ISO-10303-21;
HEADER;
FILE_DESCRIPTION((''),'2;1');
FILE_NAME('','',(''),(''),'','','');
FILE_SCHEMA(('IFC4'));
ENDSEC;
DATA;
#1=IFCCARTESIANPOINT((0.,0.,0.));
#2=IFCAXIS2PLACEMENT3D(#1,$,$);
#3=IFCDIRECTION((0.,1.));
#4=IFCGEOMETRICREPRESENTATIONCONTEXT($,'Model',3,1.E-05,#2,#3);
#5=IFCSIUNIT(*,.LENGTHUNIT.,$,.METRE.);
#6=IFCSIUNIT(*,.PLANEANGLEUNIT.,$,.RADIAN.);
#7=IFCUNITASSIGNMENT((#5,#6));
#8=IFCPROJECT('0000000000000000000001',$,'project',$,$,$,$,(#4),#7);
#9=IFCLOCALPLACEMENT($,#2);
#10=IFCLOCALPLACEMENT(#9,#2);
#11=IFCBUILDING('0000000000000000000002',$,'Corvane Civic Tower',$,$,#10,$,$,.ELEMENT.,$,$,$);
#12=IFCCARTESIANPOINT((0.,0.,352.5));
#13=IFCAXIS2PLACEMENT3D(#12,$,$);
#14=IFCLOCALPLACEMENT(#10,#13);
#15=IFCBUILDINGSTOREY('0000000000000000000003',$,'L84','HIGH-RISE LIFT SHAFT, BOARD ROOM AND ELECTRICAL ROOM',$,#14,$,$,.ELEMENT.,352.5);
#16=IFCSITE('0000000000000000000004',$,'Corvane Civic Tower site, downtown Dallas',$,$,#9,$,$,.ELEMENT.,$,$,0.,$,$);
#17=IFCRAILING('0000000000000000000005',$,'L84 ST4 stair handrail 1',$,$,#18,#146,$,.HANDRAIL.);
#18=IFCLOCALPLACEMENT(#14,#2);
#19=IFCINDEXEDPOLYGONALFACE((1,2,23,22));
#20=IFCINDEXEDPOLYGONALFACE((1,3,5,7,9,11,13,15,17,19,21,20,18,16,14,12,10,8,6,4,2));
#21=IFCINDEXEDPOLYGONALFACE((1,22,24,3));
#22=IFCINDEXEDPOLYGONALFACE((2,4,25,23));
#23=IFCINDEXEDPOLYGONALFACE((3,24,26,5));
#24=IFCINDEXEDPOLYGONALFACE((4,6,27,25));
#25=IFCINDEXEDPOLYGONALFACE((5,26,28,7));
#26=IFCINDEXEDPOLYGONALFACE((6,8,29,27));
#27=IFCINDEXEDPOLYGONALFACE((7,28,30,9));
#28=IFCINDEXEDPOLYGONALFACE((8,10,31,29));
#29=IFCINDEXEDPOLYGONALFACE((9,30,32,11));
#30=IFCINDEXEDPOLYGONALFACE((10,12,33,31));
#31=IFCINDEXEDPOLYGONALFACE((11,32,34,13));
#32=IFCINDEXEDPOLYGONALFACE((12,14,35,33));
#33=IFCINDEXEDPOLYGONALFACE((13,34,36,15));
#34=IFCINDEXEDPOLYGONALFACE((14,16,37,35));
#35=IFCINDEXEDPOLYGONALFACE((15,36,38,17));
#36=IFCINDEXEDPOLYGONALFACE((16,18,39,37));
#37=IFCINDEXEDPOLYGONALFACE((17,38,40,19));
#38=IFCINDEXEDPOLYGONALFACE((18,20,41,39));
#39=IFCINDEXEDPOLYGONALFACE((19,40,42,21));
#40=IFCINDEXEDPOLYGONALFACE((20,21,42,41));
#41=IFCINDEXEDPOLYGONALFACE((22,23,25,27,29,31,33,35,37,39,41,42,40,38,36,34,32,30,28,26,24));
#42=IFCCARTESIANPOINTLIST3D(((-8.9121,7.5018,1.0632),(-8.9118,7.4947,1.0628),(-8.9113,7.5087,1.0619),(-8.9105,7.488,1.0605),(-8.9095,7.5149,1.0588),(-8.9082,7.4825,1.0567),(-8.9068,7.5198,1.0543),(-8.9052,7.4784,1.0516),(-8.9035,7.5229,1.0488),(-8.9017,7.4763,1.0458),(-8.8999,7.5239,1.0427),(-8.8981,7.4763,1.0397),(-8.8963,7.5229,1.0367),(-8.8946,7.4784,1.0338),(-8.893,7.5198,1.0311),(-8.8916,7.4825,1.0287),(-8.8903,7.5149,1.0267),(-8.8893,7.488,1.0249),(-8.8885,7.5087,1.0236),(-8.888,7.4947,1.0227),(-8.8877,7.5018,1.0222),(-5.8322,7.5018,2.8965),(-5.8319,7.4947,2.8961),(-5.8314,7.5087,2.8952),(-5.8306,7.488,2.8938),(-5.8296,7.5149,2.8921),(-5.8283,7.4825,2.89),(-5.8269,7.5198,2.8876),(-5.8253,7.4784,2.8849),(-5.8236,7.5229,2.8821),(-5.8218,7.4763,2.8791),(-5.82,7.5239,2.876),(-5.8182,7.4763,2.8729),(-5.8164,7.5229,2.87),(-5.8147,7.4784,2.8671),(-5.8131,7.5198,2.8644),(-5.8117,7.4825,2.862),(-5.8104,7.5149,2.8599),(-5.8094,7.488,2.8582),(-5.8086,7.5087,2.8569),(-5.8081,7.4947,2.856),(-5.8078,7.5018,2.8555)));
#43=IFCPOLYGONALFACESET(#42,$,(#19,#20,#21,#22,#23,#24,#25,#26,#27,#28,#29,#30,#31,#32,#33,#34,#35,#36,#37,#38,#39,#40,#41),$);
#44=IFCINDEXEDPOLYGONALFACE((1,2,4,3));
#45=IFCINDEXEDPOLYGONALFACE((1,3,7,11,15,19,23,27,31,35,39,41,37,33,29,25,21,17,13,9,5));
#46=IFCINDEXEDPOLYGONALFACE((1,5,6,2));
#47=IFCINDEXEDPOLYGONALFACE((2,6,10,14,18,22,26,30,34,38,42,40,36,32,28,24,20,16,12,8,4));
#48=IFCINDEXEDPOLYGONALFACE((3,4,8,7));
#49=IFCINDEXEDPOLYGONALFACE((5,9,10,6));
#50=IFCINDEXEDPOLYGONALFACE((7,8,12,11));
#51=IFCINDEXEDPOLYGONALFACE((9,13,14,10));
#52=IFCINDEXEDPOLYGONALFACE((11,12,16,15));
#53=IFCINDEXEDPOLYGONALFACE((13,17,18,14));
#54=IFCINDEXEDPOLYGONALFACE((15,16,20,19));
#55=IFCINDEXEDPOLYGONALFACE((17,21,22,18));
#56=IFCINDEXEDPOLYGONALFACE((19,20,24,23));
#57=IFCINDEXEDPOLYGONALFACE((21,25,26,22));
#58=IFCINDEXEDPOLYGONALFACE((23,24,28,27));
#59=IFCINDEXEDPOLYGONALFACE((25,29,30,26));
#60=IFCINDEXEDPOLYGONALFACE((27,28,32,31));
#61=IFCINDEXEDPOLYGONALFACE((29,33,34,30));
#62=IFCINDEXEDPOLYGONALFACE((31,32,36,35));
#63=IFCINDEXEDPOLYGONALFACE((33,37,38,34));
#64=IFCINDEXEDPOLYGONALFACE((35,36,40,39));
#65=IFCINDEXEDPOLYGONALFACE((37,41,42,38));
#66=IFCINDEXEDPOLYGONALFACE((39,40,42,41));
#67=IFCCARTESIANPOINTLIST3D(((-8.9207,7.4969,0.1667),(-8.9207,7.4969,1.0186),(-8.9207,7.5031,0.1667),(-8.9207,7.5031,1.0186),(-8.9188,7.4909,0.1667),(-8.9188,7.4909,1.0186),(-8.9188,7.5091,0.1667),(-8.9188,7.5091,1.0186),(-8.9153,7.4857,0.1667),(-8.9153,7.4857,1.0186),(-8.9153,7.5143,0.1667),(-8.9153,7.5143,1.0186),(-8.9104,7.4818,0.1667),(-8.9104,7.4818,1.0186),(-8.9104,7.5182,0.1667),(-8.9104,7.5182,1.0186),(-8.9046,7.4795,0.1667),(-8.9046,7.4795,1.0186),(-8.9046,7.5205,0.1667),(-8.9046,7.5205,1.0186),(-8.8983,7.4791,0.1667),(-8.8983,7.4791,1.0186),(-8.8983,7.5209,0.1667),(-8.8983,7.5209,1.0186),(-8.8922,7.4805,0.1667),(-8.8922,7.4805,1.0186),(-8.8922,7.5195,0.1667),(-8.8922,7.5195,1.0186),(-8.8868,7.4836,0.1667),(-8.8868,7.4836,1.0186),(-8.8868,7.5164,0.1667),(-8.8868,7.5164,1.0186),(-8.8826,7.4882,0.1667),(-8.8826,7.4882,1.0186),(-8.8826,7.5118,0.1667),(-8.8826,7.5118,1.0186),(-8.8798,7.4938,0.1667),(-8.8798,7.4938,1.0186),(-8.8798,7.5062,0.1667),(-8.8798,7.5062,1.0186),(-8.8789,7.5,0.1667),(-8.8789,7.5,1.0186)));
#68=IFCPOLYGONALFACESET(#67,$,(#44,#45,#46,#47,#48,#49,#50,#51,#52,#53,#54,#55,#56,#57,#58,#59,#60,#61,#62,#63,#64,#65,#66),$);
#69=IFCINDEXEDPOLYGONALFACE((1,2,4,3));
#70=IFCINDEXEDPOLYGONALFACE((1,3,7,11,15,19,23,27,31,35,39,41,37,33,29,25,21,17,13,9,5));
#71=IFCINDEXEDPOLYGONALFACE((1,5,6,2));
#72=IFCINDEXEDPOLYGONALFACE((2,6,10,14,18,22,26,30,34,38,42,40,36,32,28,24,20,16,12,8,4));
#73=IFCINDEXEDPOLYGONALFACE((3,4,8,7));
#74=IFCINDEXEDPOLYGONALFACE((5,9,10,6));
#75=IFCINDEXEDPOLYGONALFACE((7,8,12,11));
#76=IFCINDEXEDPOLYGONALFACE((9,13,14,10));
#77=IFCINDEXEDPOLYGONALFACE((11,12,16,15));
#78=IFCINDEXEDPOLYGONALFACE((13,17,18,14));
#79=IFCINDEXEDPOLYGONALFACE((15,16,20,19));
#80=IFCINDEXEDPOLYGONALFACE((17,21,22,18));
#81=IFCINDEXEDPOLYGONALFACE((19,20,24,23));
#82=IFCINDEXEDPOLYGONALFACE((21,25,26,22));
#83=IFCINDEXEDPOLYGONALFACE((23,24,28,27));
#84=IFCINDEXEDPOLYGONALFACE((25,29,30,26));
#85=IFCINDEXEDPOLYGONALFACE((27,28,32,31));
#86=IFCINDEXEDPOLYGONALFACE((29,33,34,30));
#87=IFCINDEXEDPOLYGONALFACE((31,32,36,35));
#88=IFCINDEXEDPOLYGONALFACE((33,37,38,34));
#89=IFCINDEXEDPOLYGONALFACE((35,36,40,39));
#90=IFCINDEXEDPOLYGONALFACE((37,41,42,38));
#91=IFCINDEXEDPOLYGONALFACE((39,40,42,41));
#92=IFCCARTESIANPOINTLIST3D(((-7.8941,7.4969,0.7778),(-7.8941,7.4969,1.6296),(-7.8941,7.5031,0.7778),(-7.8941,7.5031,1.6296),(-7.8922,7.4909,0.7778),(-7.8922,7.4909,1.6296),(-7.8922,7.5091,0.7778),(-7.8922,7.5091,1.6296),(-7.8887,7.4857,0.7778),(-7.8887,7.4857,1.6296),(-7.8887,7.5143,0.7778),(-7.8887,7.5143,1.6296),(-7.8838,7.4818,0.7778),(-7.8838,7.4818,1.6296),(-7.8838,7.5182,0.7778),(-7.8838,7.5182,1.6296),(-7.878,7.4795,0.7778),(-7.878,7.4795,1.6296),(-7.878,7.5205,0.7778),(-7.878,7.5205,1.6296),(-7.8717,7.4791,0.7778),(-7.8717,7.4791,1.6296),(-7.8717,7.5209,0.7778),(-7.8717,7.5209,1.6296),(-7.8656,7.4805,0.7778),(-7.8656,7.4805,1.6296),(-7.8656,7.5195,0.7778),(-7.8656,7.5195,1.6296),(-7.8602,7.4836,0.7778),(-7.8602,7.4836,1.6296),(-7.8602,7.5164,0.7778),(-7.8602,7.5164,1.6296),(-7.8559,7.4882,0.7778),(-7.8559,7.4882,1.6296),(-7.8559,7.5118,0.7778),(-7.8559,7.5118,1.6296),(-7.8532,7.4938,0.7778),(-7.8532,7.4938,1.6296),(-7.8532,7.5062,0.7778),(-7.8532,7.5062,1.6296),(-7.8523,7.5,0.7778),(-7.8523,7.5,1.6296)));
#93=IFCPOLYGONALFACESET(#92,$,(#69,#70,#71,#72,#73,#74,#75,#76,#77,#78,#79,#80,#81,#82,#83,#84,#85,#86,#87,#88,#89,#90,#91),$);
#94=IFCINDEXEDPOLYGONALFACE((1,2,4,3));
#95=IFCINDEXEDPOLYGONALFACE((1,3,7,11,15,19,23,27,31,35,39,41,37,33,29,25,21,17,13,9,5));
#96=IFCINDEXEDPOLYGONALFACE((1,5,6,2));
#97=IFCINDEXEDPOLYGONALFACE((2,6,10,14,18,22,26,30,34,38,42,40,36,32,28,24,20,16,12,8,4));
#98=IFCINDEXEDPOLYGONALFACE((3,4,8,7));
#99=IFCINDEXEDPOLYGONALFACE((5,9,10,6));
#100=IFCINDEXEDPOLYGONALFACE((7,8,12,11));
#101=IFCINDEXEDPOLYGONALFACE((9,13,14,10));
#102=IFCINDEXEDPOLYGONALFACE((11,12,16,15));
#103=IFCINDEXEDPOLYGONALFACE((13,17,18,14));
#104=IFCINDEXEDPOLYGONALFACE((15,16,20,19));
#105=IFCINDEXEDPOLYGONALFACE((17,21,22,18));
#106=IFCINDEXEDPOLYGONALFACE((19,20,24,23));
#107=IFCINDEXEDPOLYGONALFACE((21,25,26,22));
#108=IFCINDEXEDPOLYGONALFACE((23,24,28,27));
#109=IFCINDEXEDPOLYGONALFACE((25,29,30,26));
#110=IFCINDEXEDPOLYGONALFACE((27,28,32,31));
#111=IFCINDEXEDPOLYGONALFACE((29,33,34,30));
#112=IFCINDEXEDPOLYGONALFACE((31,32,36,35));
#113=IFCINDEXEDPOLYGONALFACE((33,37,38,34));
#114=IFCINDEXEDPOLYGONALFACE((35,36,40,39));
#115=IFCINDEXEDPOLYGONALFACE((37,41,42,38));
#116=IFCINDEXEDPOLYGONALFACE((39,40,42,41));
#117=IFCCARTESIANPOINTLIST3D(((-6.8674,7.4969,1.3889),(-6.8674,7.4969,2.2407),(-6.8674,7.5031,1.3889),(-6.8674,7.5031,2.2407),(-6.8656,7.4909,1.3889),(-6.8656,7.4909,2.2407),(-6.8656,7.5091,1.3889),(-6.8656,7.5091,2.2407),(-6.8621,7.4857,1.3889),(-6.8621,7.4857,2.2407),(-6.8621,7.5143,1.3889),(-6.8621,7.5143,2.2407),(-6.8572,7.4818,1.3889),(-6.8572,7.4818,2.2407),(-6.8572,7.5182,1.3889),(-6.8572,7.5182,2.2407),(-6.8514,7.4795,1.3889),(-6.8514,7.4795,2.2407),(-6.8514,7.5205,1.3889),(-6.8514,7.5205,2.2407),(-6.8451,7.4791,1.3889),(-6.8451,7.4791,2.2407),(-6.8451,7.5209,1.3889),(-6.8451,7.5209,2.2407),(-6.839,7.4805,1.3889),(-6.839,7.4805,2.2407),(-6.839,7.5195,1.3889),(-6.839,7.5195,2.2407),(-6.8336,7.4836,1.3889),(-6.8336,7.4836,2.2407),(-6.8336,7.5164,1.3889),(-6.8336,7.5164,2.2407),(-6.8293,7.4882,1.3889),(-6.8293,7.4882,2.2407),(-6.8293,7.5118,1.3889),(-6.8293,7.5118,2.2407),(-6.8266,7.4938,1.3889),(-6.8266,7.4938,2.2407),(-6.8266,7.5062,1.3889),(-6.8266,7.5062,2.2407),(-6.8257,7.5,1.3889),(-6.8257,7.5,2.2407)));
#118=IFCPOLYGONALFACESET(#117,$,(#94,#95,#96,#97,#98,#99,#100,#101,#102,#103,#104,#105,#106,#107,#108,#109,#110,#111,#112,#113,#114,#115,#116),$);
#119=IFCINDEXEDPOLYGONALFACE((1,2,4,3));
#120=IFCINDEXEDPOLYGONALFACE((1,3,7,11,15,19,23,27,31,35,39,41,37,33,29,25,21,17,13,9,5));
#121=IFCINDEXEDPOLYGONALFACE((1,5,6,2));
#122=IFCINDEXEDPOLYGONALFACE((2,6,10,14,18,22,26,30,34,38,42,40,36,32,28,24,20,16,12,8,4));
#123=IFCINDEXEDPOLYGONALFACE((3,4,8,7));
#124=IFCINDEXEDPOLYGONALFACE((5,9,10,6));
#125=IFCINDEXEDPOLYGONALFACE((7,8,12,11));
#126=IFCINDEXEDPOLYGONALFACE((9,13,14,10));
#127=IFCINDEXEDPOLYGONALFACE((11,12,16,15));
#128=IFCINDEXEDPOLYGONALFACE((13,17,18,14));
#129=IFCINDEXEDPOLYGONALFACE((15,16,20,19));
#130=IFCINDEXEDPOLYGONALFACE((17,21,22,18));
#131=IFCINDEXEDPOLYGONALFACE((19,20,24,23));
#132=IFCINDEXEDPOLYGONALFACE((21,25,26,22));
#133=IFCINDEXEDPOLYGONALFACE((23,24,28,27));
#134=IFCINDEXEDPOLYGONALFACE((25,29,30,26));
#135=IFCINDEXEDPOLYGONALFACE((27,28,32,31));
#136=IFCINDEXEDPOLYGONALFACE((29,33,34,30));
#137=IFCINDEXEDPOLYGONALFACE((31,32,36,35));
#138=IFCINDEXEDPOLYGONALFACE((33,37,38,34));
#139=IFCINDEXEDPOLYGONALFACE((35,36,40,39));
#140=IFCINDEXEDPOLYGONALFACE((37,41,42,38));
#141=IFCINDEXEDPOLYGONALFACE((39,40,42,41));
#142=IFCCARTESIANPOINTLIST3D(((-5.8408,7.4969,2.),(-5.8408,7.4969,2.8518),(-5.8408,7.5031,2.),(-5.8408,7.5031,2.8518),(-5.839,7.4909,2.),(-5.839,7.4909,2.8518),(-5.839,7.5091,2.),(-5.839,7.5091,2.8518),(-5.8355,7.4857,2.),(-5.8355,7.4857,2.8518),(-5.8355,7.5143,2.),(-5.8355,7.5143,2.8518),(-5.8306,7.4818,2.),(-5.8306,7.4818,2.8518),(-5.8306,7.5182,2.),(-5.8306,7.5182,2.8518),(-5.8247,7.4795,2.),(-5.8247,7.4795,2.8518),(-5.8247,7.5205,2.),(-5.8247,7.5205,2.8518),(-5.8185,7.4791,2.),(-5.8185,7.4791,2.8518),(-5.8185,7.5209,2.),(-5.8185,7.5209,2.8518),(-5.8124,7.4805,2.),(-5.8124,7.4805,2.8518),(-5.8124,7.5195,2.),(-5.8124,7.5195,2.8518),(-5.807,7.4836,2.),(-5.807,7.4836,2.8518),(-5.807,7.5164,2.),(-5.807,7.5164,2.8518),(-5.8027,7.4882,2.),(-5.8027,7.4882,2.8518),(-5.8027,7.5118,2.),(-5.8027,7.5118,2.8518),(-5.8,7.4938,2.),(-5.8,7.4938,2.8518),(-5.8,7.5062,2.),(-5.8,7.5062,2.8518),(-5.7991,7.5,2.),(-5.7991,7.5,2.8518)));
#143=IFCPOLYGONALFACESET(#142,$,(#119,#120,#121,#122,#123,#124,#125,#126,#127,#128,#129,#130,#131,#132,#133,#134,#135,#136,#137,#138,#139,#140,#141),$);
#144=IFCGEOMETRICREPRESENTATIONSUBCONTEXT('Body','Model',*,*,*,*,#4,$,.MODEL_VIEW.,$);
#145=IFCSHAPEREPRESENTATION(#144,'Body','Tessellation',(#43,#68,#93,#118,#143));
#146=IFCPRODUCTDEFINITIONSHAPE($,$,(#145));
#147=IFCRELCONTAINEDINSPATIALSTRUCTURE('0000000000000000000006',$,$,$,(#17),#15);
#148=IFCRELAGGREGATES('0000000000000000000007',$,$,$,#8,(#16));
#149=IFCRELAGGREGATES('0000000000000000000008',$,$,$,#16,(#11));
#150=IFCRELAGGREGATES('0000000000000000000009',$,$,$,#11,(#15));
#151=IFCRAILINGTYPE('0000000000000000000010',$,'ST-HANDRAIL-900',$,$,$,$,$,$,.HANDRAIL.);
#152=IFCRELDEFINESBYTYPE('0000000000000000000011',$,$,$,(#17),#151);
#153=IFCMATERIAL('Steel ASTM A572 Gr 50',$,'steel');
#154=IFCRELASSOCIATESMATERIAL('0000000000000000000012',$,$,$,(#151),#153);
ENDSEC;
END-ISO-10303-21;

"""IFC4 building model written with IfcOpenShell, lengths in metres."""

from ifc_helpers import new_model, si_unit, direction, frame, origin, origin_2d, place, context, subcontext, project, spatial, circle, extrude, material, type_object, element, save


model = new_model("IFC4")

# Units and contexts
model_context = context("Model", 3, precision=1e-05, world=origin(), true_north=direction((0.0, 1.0)))
body_context = subcontext(model_context, "Body", "Model", "MODEL_VIEW")
ifc_project = project(units=[si_unit("LENGTHUNIT", "METRE"), si_unit("PLANEANGLEUNIT", "RADIAN")], contexts=[model_context])

# Site, building, storey
site_placement = place(None, origin())
site = spatial("IfcSite", under=ifc_project, at=site_placement, Name="Corvane Civic Tower site, downtown Dallas", CompositionType="ELEMENT", RefElevation=0.0)
building_placement = place(site_placement, origin())
building = spatial("IfcBuilding", under=site, at=building_placement, Name="Corvane Civic Tower", CompositionType="ELEMENT")
storey_placement = place(building_placement, frame((0.0, 0.0, 352.5)))
storey = spatial("IfcBuildingStorey", under=building, at=storey_placement, Name="L84", Description="HIGH-RISE LIFT SHAFT, BOARD ROOM AND ELECTRICAL ROOM", CompositionType="ELEMENT", Elevation=352.5)

# Railing
ifc_material_1 = material(Name="Steel ASTM A572 Gr 50", Category="steel")
railing_type_1 = type_object("IfcRailingType", Name="ST-HANDRAIL-900", PredefinedType="HANDRAIL", material=ifc_material_1)
railing_1_placement = place(storey_placement, frame((-8.8999, 7.5, 0.1667)))
element("IfcRailing", 1, at=railing_1_placement, inside=storey, type_object=railing_type_1, Name="L84 ST4 stair handrail 1", PredefinedType="HANDRAIL", context=body_context, shape_type="SweptSolid", body=[
    extrude(circle(Radius=0.0239, at=origin_2d()), frame((0.0, 0.0, 0.876), z_axis=(0.859291, 0.0, 0.511487), x_axis=(0.0, 1.0, 0.0)), (0.0, 0.0, 1.0), 3.5842),
    extrude(circle(Radius=0.021, at=origin_2d()), origin(), (0.0, 0.0, 1.0), 0.8518),
    extrude(circle(Radius=0.021, at=origin_2d()), frame((1.0266, 0.0, 0.6111)), (0.0, 0.0, 1.0), 0.8518),
    extrude(circle(Radius=0.021, at=origin_2d()), frame((2.0532, 0.0, 1.2222)), (0.0, 0.0, 1.0), 0.8518),
    extrude(circle(Radius=0.021, at=origin_2d()), frame((3.0798, 0.0, 1.8333)), (0.0, 0.0, 1.0), 0.8518),
])

save(model, "model.ifc")
